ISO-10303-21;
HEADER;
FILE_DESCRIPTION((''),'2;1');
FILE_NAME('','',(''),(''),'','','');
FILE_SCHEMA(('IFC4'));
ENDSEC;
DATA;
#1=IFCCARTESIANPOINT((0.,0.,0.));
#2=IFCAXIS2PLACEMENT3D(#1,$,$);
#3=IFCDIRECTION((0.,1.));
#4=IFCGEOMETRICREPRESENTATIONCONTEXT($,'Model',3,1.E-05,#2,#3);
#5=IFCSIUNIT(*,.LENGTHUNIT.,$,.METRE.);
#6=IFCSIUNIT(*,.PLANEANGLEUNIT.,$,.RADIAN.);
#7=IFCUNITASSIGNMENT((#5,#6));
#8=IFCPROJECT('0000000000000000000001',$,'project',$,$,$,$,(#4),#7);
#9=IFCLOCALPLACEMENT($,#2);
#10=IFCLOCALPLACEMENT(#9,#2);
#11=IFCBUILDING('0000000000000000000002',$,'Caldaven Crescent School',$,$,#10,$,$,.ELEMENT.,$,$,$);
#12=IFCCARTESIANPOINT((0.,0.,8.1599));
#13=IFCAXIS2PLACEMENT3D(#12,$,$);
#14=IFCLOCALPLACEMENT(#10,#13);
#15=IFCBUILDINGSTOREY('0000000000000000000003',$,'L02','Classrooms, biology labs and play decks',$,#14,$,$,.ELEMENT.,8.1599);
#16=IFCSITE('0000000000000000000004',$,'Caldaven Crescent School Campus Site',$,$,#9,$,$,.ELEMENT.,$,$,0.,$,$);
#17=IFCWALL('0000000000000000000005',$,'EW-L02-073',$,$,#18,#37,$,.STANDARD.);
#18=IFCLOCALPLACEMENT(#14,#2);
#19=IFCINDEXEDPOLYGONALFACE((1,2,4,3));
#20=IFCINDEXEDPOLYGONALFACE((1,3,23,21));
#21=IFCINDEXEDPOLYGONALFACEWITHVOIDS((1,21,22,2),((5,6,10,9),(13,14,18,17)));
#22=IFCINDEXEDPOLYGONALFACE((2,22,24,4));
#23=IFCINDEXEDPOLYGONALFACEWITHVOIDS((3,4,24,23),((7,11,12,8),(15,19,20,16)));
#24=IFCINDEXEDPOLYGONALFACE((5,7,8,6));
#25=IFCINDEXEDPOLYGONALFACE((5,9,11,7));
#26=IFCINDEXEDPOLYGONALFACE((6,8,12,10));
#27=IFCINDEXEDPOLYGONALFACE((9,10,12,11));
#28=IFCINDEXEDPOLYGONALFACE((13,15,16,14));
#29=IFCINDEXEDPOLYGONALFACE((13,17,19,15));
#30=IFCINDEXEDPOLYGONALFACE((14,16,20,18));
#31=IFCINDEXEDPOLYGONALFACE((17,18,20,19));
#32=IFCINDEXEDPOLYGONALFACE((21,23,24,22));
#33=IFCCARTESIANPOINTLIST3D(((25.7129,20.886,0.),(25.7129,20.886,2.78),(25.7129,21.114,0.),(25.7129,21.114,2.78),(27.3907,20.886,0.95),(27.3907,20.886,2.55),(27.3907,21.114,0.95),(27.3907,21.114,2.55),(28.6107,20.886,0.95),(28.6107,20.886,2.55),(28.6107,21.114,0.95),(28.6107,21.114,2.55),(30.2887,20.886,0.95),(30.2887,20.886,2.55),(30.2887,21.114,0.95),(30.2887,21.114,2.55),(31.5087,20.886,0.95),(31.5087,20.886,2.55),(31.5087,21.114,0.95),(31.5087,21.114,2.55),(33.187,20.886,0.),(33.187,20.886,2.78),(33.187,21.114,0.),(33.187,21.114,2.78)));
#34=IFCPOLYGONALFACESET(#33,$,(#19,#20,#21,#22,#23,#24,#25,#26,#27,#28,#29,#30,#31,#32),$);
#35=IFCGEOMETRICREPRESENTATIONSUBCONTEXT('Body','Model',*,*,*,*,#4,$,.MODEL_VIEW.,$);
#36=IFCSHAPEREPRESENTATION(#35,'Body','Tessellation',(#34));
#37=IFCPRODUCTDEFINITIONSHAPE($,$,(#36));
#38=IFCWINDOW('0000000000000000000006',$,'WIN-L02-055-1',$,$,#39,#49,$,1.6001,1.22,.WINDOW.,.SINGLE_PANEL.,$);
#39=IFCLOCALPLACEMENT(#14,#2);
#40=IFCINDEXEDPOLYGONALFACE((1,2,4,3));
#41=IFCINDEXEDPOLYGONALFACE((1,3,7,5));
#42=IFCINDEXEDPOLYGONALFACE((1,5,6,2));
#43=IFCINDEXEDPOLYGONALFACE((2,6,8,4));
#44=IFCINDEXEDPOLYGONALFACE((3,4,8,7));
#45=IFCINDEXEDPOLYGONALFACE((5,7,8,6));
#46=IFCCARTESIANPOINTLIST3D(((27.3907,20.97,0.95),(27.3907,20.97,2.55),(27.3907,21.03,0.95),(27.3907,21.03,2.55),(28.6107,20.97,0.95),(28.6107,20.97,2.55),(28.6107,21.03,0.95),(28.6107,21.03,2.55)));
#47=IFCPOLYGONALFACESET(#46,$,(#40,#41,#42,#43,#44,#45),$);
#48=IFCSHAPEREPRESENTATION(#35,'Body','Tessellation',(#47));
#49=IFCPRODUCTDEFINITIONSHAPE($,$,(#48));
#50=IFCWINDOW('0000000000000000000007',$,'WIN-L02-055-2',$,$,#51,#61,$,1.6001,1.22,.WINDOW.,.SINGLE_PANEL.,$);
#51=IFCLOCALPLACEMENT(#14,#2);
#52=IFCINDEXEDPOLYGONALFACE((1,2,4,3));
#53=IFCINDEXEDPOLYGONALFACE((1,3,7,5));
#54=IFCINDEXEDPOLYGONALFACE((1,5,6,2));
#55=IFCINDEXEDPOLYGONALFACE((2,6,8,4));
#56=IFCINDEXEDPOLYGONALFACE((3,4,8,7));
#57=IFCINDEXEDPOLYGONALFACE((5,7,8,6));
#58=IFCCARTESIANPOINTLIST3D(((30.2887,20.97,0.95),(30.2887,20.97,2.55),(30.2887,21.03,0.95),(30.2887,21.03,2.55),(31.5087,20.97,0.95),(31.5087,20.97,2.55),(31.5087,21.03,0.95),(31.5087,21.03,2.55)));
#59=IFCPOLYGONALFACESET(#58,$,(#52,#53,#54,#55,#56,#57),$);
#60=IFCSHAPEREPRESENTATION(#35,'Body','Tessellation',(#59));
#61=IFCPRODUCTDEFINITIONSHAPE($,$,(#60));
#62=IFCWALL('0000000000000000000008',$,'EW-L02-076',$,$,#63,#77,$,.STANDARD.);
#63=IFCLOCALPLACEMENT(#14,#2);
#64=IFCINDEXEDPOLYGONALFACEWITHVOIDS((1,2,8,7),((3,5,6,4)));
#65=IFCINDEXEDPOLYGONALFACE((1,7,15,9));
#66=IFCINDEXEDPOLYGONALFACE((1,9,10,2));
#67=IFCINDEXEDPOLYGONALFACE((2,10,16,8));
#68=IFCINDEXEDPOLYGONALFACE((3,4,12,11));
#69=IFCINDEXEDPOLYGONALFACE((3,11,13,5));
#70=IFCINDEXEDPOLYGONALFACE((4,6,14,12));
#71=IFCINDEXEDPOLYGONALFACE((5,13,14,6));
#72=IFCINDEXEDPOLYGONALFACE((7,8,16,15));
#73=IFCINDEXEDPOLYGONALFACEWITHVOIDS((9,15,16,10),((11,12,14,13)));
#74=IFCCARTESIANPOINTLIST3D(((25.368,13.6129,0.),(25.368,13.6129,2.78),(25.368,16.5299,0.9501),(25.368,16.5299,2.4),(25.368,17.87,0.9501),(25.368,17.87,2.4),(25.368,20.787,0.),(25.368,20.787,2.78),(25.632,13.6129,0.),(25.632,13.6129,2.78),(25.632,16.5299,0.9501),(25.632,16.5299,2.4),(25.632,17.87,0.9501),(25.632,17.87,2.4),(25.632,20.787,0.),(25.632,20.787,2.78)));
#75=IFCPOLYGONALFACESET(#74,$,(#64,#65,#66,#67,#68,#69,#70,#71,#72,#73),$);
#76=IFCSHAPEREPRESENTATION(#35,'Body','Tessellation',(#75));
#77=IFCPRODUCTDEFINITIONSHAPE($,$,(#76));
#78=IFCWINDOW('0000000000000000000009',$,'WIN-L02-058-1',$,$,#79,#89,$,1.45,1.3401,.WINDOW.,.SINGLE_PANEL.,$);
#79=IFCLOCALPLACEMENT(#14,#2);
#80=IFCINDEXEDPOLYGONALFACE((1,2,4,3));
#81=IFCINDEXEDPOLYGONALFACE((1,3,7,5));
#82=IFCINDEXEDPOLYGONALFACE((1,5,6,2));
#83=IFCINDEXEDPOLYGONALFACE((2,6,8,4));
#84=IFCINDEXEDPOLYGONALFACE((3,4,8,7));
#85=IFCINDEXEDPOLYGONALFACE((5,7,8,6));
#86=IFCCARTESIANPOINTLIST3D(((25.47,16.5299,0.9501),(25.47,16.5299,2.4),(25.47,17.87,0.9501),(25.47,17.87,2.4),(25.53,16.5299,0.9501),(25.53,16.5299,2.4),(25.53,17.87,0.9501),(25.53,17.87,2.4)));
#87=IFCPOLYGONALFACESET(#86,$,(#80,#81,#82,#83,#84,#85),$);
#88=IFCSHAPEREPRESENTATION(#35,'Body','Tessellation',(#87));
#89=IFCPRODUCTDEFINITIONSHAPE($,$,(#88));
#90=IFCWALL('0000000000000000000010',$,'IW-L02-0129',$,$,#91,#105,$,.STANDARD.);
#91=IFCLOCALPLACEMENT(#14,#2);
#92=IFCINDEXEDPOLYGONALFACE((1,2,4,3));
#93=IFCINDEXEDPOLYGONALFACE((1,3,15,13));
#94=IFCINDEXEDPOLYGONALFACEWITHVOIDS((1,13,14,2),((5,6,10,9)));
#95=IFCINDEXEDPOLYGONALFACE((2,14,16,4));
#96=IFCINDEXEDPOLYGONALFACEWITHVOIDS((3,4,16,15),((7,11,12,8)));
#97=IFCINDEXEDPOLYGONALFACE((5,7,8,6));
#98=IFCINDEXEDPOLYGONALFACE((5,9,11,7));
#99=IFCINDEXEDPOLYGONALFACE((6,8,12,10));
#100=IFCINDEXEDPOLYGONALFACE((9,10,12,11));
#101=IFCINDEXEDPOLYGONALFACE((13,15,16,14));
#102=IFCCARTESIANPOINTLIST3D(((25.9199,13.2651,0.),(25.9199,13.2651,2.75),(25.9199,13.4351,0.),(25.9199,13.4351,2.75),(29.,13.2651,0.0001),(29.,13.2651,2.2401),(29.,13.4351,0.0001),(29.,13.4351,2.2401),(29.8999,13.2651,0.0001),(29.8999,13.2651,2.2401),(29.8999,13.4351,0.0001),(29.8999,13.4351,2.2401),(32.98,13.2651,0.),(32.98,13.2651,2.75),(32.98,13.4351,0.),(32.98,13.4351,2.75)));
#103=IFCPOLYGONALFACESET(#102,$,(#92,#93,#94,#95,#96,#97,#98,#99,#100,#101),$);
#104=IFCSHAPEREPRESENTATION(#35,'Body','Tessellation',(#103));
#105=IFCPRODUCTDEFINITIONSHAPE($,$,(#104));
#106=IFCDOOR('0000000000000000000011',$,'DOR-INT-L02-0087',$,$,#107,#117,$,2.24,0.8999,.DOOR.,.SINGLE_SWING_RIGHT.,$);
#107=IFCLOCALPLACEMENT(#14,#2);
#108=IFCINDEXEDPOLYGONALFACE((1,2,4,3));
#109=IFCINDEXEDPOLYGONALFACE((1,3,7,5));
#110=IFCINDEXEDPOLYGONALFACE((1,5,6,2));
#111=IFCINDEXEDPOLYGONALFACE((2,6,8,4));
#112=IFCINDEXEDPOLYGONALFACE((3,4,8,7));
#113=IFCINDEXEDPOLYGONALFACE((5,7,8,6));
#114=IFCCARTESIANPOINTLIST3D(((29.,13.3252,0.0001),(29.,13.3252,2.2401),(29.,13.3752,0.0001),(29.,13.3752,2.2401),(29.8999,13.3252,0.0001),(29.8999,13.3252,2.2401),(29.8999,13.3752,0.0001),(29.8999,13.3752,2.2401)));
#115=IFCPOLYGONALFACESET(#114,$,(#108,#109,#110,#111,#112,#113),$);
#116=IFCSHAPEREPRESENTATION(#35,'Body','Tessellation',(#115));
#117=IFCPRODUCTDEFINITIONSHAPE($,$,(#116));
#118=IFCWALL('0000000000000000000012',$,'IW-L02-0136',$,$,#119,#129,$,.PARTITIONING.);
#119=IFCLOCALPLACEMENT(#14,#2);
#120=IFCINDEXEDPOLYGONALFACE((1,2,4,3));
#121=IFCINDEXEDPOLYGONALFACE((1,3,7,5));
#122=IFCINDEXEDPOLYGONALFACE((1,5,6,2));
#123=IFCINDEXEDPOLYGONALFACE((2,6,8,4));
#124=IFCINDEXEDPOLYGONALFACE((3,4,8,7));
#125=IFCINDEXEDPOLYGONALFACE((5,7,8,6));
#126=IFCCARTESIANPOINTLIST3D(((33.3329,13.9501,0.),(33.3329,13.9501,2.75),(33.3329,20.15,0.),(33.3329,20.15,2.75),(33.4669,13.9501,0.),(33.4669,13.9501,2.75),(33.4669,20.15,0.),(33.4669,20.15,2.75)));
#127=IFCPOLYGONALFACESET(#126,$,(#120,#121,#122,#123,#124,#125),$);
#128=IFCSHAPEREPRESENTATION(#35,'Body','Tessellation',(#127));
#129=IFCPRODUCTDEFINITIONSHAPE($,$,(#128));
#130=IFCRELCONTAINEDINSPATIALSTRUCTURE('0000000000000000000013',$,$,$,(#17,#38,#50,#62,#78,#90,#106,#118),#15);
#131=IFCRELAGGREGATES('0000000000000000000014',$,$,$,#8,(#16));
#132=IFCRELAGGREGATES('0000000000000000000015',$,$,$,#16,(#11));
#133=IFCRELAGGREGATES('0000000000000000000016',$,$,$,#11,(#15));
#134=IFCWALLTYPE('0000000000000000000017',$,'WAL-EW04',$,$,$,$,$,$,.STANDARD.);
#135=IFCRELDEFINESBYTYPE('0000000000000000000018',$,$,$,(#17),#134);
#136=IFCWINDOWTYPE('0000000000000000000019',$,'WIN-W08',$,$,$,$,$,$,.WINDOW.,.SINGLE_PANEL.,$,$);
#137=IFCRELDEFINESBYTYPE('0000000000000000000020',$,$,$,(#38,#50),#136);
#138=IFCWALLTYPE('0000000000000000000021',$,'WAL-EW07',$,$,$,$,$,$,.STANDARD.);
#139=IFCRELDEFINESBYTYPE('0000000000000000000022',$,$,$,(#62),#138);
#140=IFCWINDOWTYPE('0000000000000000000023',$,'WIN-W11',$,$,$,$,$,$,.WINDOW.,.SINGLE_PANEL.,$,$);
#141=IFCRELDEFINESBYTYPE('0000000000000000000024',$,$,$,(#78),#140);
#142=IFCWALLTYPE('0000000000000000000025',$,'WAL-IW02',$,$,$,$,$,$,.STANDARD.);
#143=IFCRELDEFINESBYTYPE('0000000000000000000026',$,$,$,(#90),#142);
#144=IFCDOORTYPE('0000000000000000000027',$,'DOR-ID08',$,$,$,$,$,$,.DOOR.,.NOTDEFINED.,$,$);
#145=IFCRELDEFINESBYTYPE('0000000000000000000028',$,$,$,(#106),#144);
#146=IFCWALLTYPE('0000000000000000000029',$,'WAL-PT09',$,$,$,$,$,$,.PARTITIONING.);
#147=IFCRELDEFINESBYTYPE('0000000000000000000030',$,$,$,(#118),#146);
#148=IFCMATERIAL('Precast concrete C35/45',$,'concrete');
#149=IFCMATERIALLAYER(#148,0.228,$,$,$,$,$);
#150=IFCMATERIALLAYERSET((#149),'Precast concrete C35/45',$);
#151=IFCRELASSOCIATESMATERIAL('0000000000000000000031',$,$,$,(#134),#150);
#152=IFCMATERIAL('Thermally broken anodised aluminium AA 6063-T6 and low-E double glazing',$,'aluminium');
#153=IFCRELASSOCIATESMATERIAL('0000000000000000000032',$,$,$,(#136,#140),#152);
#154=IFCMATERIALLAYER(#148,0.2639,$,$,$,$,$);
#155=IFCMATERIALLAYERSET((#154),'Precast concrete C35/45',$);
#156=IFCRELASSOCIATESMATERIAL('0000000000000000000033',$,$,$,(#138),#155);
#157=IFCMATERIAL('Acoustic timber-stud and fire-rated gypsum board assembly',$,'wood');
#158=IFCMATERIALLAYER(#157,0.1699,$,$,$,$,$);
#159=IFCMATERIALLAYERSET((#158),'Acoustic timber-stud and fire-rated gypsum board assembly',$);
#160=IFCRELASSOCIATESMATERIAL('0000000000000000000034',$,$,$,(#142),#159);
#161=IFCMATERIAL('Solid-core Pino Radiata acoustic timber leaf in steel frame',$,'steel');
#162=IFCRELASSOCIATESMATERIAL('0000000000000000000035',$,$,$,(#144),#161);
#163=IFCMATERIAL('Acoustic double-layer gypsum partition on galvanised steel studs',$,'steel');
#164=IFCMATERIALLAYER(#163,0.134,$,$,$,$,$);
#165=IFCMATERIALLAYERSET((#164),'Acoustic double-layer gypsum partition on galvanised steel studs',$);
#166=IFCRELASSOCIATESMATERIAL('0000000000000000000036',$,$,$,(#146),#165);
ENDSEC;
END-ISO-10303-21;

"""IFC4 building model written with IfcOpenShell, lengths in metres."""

from ifc_helpers import new_model, si_unit, direction, frame, frame_2d, origin, place, context, subcontext, project, spatial, rectangle, extrude, material, layer, layer_set, type_object, element, fill, save


model = new_model("IFC4")

# Units and contexts
model_context = context("Model", 3, precision=1e-05, world=origin(), true_north=direction((0.0, 1.0)))
body_context = subcontext(model_context, "Body", "Model", "MODEL_VIEW")
ifc_project = project(units=[si_unit("LENGTHUNIT", "METRE"), si_unit("PLANEANGLEUNIT", "RADIAN")], contexts=[model_context])

# Site, building, storey
site_placement = place(None, origin())
site = spatial("IfcSite", under=ifc_project, at=site_placement, Name="Caldaven Crescent School Campus Site", CompositionType="ELEMENT", RefElevation=0.0)
building_placement = place(site_placement, origin())
building = spatial("IfcBuilding", under=site, at=building_placement, Name="Caldaven Crescent School", CompositionType="ELEMENT")
storey_placement = place(building_placement, frame((0.0, 0.0, 8.1599)))
storey = spatial("IfcBuildingStorey", under=building, at=storey_placement, Name="L02", Description="Classrooms, biology labs and play decks", CompositionType="ELEMENT", Elevation=8.1599)

# Wall, openings, windows
ifc_material_1 = material(Name="Precast concrete C35/45", Category="concrete")
ifc_layer_1 = layer(ifc_material_1, 0.228)
ifc_layer_set_1 = layer_set([ifc_layer_1], Name="Precast concrete C35/45")
wall_type_1 = type_object("IfcWallType", Name="WAL-EW04", PredefinedType="STANDARD", material=ifc_layer_set_1)
wall_1_placement = place(storey_placement, frame((25.7129, 21.0, 0.0), z_axis=(0.0, 0.0, 1.0), x_axis=(1.0, 0.0, 0.0)))
wall_1 = element("IfcWall", 1, at=wall_1_placement, inside=storey, type_object=wall_type_1, Name="EW-L02-073", PredefinedType="STANDARD", context=body_context, shape_type="SweptSolid", body=[
    extrude(rectangle(XDim=7.4741, YDim=0.228, at=frame_2d((3.7371, 0.0))), origin(), (0.0, 0.0, 1.0), 2.78),
])
opening_1_placement = place(wall_1_placement, frame((1.678, 0.0, 0.95)))
opening_1 = element("IfcOpeningElement", 2, at=opening_1_placement, cuts=wall_1, PredefinedType="OPENING", context=body_context, shape_type="SweptSolid", body=[
    extrude(rectangle(XDim=1.22, YDim=1.6001, at=frame_2d((0.6099, 0.8))), frame((0.0, 0.124, 0.0), z_axis=(0.0, -1.0, 0.0), x_axis=(1.0, 0.0, 0.0)), (0.0, 0.0, 1.0), 0.248),
])
opening_2_placement = place(wall_1_placement, frame((4.5759, 0.0, 0.95)))
opening_2 = element("IfcOpeningElement", 3, at=opening_2_placement, cuts=wall_1, PredefinedType="OPENING", context=body_context, shape_type="SweptSolid", body=[
    extrude(rectangle(XDim=1.22, YDim=1.6001, at=frame_2d((0.6099, 0.8))), frame((0.0, 0.124, 0.0), z_axis=(0.0, -1.0, 0.0), x_axis=(1.0, 0.0, 0.0)), (0.0, 0.0, 1.0), 0.248),
])
ifc_material_2 = material(Name="Thermally broken anodised aluminium AA 6063-T6 and low-E double glazing", Category="aluminium")
window_type_1 = type_object("IfcWindowType", Name="WIN-W08", PartitioningType="SINGLE_PANEL", PredefinedType="WINDOW", material=ifc_material_2)
window_1_placement = place(opening_1_placement, origin())
window_1 = element("IfcWindow", 4, at=window_1_placement, inside=storey, type_object=window_type_1, Name="WIN-L02-055-1", OverallHeight=1.6001, OverallWidth=1.22, PartitioningType="SINGLE_PANEL", PredefinedType="WINDOW", context=body_context, shape_type="SweptSolid", body=[
    extrude(rectangle(XDim=1.22, YDim=1.6001, at=frame_2d((0.6099, 0.8))), frame((0.0, 0.03, 0.0), z_axis=(0.0, -1.0, 0.0), x_axis=(1.0, 0.0, 0.0)), (0.0, 0.0, 1.0), 0.0601),
])
fill(opening_1, window_1)
window_2_placement = place(opening_2_placement, origin())
window_2 = element("IfcWindow", 5, at=window_2_placement, inside=storey, type_object=window_type_1, Name="WIN-L02-055-2", OverallHeight=1.6001, OverallWidth=1.22, PartitioningType="SINGLE_PANEL", PredefinedType="WINDOW", context=body_context, shape_type="SweptSolid", body=[
    extrude(rectangle(XDim=1.22, YDim=1.6001, at=frame_2d((0.6099, 0.8))), frame((0.0, 0.03, 0.0), z_axis=(0.0, -1.0, 0.0), x_axis=(1.0, 0.0, 0.0)), (0.0, 0.0, 1.0), 0.0601),
])
fill(opening_2, window_2)

# Wall, opening, window
ifc_layer_2 = layer(ifc_material_1, 0.2639)
ifc_layer_set_2 = layer_set([ifc_layer_2], Name="Precast concrete C35/45")
wall_type_2 = type_object("IfcWallType", Name="WAL-EW07", PredefinedType="STANDARD", material=ifc_layer_set_2)
wall_2_placement = place(storey_placement, frame((25.5, 13.613, 0.0), z_axis=(0.0, 0.0, 1.0), x_axis=(0.0, 1.0, 0.0)))
wall_2 = element("IfcWall", 6, at=wall_2_placement, inside=storey, type_object=wall_type_2, Name="EW-L02-076", PredefinedType="STANDARD", context=body_context, shape_type="SweptSolid", body=[
    extrude(rectangle(XDim=7.1741, YDim=0.2639, at=frame_2d((3.5869, 0.0))), origin(), (0.0, 0.0, 1.0), 2.78),
])
opening_3_placement = place(wall_2_placement, frame((2.917, 0.0, 0.95)))
opening_3 = element("IfcOpeningElement", 7, at=opening_3_placement, cuts=wall_2, PredefinedType="OPENING", context=body_context, shape_type="SweptSolid", body=[
    extrude(rectangle(XDim=1.3401, YDim=1.45, at=frame_2d((0.6699, 0.7251))), frame((0.0, 0.1418, 0.0), z_axis=(0.0, -1.0, 0.0), x_axis=(1.0, 0.0, 0.0)), (0.0, 0.0, 1.0), 0.2839),
])
window_type_2 = type_object("IfcWindowType", Name="WIN-W11", PartitioningType="SINGLE_PANEL", PredefinedType="WINDOW", material=ifc_material_2)
window_3_placement = place(opening_3_placement, origin())
window_3 = element("IfcWindow", 8, at=window_3_placement, inside=storey, type_object=window_type_2, Name="WIN-L02-058-1", OverallHeight=1.45, OverallWidth=1.3401, PartitioningType="SINGLE_PANEL", PredefinedType="WINDOW", context=body_context, shape_type="SweptSolid", body=[
    extrude(rectangle(XDim=1.3401, YDim=1.45, at=frame_2d((0.6699, 0.7251))), frame((0.0, 0.03, 0.0), z_axis=(0.0, -1.0, 0.0), x_axis=(1.0, 0.0, 0.0)), (0.0, 0.0, 1.0), 0.0601),
])
fill(opening_3, window_3)

# Wall, opening, door
ifc_material_3 = material(Name="Acoustic timber-stud and fire-rated gypsum board assembly", Category="wood")
ifc_layer_3 = layer(ifc_material_3, 0.1699)
ifc_layer_set_3 = layer_set([ifc_layer_3], Name="Acoustic timber-stud and fire-rated gypsum board assembly")
wall_type_3 = type_object("IfcWallType", Name="WAL-IW02", PredefinedType="STANDARD", material=ifc_layer_set_3)
wall_3_placement = place(storey_placement, frame((25.9199, 13.3501, 0.0), z_axis=(0.0, 0.0, 1.0), x_axis=(1.0, 0.0, 0.0)))
wall_3 = element("IfcWall", 9, at=wall_3_placement, inside=storey, type_object=wall_type_3, Name="IW-L02-0129", PredefinedType="STANDARD", context=body_context, shape_type="SweptSolid", body=[
    extrude(rectangle(XDim=7.0601, YDim=0.1699, at=frame_2d((3.53, 0.0))), origin(), (0.0, 0.0, 1.0), 2.75),
])
opening_4_placement = place(wall_3_placement, frame((3.0801, 0.0, 0.0)))
opening_4 = element("IfcOpeningElement", 10, at=opening_4_placement, cuts=wall_3, PredefinedType="OPENING", context=body_context, shape_type="SweptSolid", body=[
    extrude(rectangle(XDim=0.8999, YDim=2.24, at=frame_2d((0.45, 1.1201))), frame((0.0, 0.095, 0.0), z_axis=(0.0, -1.0, 0.0), x_axis=(1.0, 0.0, 0.0)), (0.0, 0.0, 1.0), 0.1899),
])
ifc_material_4 = material(Name="Solid-core Pino Radiata acoustic timber leaf in steel frame", Category="steel")
door_type = type_object("IfcDoorType", Name="DOR-ID08", OperationType="NOTDEFINED", PredefinedType="DOOR", material=ifc_material_4)
door_placement = place(opening_4_placement, frame((0.8999, 0.0, 0.0), z_axis=(0.0, 0.0, 1.0), x_axis=(-1.0, 0.0, 0.0)))
door = element("IfcDoor", 11, at=door_placement, inside=storey, type_object=door_type, Name="DOR-INT-L02-0087", OperationType="SINGLE_SWING_RIGHT", OverallHeight=2.24, OverallWidth=0.8999, PredefinedType="DOOR", context=body_context, shape_type="SweptSolid", body=[
    extrude(rectangle(XDim=0.8999, YDim=2.24, at=frame_2d((0.45, 1.1201))), frame((0.0, 0.0249, 0.0), z_axis=(0.0, -1.0, 0.0), x_axis=(1.0, 0.0, 0.0)), (0.0, 0.0, 1.0), 0.05),
])
fill(opening_4, door)

# Wall
ifc_material_5 = material(Name="Acoustic double-layer gypsum partition on galvanised steel studs", Category="steel")
ifc_layer_4 = layer(ifc_material_5, 0.134)
ifc_layer_set_4 = layer_set([ifc_layer_4], Name="Acoustic double-layer gypsum partition on galvanised steel studs")
wall_type_4 = type_object("IfcWallType", Name="WAL-PT09", PredefinedType="PARTITIONING", material=ifc_layer_set_4)
wall_4_placement = place(storey_placement, frame((33.3999, 13.95, 0.0), z_axis=(0.0, 0.0, 1.0), x_axis=(0.0, 1.0, 0.0)))
element("IfcWall", 12, at=wall_4_placement, inside=storey, type_object=wall_type_4, Name="IW-L02-0136", PredefinedType="PARTITIONING", context=body_context, shape_type="SweptSolid", body=[
    extrude(rectangle(XDim=6.2, YDim=0.134, at=frame_2d((3.1001, 0.0))), origin(), (0.0, 0.0, 1.0), 2.75),
])

save(model, "model.ifc")
